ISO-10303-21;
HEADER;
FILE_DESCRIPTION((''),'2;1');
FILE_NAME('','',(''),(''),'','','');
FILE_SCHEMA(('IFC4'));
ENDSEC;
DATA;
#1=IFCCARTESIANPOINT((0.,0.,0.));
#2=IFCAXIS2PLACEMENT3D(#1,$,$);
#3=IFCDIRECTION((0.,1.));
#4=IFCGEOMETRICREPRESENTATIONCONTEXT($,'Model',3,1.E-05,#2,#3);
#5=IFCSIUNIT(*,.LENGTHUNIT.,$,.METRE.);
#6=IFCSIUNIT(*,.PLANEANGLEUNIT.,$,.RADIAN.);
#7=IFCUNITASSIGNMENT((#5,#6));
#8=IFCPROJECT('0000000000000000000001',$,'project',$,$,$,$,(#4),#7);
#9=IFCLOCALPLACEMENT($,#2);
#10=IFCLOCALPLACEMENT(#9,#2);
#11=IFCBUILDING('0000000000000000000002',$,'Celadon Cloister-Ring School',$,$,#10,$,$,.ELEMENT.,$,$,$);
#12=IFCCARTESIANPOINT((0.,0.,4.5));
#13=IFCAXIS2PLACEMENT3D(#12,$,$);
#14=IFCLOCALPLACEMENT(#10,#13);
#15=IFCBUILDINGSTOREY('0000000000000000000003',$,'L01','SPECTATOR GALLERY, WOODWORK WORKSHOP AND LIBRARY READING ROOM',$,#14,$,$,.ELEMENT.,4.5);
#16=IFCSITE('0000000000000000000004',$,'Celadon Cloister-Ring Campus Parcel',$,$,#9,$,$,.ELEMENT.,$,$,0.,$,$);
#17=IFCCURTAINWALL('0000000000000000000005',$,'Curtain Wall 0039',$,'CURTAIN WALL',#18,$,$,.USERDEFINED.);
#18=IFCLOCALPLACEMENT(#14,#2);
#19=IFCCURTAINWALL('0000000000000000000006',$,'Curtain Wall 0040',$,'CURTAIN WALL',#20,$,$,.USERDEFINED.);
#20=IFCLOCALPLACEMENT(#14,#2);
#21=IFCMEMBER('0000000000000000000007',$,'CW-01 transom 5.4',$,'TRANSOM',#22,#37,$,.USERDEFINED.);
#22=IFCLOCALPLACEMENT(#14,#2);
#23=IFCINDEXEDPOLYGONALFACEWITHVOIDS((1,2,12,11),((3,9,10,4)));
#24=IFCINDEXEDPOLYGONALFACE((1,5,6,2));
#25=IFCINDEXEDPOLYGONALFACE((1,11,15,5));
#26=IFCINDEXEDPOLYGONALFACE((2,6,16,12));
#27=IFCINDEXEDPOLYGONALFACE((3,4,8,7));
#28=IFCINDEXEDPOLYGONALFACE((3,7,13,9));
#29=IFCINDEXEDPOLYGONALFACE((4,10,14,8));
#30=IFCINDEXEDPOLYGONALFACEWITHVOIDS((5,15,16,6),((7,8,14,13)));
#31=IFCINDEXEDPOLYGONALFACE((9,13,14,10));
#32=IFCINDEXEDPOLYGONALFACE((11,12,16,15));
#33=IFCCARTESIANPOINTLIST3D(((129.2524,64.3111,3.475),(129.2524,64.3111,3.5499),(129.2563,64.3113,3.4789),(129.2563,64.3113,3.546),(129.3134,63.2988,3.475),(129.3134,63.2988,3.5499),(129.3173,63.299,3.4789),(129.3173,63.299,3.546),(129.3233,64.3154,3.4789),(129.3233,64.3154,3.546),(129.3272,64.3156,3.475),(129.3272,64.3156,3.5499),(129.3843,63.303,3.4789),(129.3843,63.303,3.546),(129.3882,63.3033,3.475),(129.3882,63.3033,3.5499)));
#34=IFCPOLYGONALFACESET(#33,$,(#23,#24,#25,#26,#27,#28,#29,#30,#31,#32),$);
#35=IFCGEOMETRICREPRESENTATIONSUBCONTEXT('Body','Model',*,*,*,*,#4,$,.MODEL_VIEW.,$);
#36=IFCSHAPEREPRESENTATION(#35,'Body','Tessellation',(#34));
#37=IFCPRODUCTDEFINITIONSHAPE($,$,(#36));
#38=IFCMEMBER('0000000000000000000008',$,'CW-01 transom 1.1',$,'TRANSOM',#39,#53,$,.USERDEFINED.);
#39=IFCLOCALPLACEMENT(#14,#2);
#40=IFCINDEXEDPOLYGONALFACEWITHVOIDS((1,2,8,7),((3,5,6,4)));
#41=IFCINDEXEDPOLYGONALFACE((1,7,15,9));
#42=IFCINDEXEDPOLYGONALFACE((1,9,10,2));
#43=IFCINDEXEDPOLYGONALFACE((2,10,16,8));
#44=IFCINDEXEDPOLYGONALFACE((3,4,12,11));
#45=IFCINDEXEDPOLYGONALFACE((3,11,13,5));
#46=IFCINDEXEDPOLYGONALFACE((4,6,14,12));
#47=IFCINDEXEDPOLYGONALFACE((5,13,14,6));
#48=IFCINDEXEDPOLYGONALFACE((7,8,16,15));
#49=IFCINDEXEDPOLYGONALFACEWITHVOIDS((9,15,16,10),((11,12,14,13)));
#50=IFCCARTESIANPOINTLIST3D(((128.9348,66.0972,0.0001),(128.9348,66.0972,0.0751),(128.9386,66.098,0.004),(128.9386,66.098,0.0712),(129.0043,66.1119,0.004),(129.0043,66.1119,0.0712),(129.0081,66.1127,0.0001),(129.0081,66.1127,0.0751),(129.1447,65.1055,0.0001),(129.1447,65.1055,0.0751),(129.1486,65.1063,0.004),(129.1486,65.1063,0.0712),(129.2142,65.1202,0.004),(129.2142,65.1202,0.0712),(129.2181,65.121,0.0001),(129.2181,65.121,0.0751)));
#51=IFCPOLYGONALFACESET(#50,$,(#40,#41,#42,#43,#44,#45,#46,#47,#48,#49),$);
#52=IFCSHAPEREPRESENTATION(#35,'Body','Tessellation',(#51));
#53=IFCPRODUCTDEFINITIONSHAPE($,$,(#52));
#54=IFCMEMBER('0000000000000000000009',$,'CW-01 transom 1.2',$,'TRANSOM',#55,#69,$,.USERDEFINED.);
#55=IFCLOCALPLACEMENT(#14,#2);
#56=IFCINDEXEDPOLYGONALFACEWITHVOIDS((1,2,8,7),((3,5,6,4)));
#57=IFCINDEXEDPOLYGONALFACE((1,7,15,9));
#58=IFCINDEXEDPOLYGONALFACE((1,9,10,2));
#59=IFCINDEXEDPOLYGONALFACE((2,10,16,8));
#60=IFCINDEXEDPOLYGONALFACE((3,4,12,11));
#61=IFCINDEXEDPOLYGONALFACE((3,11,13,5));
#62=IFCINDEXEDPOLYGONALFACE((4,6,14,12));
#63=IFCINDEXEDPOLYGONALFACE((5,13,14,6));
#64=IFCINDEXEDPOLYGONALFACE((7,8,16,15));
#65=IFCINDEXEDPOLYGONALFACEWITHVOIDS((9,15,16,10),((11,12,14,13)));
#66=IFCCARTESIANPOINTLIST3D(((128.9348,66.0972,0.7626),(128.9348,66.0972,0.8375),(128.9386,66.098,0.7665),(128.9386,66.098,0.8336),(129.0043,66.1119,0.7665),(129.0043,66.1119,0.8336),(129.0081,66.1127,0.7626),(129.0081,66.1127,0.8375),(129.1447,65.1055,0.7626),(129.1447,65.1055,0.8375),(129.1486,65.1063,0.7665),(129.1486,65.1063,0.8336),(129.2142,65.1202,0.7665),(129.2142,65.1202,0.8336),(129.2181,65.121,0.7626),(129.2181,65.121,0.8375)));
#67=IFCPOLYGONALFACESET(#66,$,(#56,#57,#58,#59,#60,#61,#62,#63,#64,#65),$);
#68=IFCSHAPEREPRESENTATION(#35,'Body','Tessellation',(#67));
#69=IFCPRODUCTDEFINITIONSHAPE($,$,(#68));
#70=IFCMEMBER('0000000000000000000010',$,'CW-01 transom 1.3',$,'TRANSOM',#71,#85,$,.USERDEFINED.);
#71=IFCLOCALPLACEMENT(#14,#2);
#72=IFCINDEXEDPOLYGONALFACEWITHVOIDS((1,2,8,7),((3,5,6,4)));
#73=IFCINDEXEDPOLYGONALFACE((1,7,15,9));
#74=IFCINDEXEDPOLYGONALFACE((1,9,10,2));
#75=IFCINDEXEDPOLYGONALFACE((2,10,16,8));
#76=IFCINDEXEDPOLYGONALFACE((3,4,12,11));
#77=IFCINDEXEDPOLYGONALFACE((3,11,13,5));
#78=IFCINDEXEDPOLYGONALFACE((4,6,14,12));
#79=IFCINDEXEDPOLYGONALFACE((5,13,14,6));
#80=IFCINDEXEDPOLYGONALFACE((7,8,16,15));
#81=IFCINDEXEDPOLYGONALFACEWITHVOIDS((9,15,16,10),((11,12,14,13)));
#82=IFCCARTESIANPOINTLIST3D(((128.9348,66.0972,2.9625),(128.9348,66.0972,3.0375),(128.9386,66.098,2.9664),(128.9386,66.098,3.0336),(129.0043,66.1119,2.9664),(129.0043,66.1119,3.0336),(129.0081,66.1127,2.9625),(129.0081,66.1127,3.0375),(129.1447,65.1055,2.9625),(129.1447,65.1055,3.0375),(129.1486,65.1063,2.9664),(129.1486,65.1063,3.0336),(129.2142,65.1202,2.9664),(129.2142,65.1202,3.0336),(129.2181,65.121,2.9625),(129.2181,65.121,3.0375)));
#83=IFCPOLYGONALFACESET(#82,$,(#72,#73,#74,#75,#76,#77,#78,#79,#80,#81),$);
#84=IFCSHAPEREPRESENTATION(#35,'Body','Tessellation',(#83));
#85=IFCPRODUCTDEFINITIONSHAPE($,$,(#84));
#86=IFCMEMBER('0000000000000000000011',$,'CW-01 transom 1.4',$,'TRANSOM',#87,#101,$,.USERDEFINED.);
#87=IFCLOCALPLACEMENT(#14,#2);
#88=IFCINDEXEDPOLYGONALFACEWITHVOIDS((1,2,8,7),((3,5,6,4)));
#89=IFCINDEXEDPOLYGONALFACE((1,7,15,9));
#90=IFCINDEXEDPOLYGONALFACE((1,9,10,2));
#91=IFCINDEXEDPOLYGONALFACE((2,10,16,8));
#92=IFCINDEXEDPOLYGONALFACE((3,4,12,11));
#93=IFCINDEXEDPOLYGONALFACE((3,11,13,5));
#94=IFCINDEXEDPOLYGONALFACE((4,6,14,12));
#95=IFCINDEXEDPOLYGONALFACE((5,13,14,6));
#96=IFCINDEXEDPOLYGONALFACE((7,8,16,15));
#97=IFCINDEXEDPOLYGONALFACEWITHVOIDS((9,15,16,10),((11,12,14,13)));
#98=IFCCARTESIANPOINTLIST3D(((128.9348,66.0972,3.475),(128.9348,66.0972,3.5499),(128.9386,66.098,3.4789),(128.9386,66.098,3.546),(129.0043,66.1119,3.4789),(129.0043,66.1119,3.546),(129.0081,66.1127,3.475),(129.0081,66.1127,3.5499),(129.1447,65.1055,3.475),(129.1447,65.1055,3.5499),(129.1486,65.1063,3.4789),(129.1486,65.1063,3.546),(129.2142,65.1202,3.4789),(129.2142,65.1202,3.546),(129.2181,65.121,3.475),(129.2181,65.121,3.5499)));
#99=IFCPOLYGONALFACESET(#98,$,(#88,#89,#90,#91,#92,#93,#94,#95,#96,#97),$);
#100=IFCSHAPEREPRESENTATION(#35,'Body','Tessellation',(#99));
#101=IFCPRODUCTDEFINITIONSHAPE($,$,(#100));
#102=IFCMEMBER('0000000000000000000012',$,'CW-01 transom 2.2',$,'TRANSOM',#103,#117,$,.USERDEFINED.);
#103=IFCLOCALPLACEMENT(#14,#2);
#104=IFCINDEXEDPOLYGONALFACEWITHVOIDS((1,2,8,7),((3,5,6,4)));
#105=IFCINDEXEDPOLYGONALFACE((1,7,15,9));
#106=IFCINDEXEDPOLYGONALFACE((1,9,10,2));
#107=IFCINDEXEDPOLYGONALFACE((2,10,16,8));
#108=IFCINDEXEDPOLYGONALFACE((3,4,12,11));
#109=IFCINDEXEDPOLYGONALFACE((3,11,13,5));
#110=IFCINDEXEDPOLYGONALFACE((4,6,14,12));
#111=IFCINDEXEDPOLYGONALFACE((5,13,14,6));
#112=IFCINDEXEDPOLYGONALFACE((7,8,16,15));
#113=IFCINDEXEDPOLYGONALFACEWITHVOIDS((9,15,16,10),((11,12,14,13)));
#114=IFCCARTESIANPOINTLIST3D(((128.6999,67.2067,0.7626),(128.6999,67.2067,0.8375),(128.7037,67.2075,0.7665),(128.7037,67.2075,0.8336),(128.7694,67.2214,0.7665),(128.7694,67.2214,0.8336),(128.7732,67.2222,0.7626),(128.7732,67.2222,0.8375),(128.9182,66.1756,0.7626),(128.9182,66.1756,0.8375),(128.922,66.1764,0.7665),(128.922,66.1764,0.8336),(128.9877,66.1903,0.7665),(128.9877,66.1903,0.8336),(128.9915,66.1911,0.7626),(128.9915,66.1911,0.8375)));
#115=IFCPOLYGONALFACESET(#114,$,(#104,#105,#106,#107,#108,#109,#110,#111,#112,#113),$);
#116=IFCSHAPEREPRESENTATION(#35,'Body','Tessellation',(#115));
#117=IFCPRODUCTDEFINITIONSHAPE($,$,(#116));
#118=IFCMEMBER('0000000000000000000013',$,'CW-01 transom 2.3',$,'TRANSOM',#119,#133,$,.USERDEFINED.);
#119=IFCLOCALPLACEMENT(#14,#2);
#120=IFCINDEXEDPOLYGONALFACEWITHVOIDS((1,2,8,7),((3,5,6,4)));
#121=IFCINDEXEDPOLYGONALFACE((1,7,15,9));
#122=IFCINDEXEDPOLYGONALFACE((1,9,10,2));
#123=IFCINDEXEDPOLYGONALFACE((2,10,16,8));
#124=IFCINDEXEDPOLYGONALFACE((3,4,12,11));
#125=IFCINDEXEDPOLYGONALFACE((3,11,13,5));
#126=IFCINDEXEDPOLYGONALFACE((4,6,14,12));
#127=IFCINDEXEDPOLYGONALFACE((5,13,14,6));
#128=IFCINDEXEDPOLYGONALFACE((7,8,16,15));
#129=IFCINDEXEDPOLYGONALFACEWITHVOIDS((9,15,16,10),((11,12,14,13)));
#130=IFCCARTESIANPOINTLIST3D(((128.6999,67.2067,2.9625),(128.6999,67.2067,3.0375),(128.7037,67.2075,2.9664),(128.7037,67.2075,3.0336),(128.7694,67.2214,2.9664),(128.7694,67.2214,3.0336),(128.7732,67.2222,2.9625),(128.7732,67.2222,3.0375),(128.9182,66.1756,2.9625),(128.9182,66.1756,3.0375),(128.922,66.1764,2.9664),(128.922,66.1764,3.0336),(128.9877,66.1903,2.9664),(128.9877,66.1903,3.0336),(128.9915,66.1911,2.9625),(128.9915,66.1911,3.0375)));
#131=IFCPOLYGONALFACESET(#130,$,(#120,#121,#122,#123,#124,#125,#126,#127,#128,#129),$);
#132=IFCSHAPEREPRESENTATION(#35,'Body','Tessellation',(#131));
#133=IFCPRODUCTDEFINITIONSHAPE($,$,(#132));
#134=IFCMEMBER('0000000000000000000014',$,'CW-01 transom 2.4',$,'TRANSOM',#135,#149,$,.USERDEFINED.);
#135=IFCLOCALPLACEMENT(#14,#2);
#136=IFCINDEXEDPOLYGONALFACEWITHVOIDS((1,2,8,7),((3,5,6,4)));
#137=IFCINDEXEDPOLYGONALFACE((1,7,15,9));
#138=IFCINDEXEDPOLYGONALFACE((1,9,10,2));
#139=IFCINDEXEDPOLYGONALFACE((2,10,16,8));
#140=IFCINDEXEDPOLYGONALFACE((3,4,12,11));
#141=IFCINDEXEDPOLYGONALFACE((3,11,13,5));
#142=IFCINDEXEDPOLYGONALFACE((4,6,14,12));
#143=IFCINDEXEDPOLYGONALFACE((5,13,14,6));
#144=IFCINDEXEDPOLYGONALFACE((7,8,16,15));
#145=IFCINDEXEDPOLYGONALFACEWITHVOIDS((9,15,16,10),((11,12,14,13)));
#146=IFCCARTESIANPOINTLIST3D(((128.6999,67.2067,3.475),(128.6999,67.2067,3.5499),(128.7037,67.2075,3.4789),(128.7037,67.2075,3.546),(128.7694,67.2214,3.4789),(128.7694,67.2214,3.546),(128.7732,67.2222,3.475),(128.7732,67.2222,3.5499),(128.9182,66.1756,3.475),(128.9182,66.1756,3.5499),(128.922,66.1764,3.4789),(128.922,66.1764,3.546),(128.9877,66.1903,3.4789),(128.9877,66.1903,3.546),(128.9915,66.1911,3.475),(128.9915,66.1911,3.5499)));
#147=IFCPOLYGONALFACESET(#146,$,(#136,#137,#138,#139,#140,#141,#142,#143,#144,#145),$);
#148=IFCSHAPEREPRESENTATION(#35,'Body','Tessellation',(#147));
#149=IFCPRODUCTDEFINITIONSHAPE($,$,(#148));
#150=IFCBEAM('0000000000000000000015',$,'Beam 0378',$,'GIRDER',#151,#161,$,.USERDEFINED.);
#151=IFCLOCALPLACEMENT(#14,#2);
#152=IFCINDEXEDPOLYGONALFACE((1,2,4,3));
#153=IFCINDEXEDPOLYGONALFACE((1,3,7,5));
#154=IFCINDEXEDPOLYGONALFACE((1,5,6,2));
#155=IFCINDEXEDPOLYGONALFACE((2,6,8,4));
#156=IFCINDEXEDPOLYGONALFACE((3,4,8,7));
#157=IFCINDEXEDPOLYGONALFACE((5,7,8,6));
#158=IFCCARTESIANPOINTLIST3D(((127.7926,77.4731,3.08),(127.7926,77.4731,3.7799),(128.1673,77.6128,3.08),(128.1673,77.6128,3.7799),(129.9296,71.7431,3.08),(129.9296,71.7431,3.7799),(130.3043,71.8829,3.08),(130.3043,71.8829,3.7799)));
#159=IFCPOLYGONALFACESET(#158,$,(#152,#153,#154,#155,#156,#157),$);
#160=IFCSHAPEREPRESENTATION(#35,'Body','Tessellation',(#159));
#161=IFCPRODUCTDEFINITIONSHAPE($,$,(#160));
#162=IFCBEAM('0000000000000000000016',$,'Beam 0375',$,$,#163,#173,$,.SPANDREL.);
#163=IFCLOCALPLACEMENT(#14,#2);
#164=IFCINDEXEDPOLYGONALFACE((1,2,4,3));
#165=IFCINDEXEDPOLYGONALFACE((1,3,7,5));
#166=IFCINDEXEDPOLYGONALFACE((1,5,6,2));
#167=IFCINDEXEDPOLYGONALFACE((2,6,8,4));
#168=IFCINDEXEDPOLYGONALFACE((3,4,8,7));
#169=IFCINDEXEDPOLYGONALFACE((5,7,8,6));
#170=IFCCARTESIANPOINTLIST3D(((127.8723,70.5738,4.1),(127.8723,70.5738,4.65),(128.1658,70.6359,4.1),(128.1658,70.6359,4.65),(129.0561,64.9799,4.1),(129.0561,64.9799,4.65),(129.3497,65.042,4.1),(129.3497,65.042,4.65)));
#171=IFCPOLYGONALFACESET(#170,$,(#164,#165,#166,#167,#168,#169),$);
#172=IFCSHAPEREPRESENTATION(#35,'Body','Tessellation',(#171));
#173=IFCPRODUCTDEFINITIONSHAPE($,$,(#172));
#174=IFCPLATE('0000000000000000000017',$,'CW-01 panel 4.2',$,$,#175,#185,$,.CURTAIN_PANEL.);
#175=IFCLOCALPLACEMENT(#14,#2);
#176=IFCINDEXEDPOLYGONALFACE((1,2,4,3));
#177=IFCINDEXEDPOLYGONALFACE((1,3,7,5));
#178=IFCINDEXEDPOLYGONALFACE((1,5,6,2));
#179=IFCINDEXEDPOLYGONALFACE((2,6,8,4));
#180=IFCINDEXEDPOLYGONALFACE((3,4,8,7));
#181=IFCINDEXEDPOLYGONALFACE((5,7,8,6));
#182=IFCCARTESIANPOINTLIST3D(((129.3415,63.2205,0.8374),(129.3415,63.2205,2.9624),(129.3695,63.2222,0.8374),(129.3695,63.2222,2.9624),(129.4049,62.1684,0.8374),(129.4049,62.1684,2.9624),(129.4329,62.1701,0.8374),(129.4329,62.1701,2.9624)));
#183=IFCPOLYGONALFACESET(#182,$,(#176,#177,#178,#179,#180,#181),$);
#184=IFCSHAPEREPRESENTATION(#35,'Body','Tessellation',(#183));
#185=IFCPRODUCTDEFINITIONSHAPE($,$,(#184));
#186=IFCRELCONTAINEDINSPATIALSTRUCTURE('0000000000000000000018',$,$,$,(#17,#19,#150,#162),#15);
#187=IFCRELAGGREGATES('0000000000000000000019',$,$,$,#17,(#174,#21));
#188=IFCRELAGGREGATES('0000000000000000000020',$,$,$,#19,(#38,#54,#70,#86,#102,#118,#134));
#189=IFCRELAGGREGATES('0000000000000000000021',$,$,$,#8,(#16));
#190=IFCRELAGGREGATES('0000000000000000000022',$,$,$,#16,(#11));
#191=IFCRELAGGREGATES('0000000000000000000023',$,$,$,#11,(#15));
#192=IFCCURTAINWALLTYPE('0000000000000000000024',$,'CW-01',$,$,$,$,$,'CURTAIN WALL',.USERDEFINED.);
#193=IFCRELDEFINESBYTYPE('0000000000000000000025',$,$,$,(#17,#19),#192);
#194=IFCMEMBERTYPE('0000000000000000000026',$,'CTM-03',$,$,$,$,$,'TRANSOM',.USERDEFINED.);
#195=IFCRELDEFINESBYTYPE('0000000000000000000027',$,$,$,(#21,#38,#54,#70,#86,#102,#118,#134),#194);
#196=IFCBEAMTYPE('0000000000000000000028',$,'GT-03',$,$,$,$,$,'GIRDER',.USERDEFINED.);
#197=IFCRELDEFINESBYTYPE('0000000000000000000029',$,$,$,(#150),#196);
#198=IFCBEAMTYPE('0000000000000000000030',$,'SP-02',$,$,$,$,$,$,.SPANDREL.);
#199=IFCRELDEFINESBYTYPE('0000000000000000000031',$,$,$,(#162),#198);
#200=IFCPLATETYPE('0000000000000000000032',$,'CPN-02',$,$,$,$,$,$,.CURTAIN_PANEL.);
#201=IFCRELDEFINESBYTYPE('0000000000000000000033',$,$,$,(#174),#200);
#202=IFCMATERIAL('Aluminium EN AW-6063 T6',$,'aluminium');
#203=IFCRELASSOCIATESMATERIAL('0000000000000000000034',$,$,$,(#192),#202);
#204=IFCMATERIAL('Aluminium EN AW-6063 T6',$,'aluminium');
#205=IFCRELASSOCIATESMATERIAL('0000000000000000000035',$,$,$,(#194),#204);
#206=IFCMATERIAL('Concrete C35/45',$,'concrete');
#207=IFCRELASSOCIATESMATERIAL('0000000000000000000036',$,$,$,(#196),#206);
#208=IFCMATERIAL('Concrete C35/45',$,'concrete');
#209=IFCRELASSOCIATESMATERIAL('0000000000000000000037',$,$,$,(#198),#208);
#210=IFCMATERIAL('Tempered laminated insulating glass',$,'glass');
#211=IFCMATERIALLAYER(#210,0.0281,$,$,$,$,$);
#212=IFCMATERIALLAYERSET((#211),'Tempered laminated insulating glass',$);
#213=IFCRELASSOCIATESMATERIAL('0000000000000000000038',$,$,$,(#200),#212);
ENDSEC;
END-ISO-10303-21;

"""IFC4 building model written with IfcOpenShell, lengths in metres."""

from ifc_helpers import new_model, si_unit, direction, frame, origin, origin_2d, place, context, subcontext, project, spatial, rectangle, hollow_rectangle, extrude, material, layer, layer_set, material_profile, profile_set, type_object, element, aggregate, save


model = new_model("IFC4")

# Units and contexts
model_context = context("Model", 3, precision=1e-05, world=origin(), true_north=direction((0.0, 1.0)))
body_context = subcontext(model_context, "Body", "Model", "MODEL_VIEW")
ifc_project = project(units=[si_unit("LENGTHUNIT", "METRE"), si_unit("PLANEANGLEUNIT", "RADIAN")], contexts=[model_context])

# Site, building, storey
site_placement = place(None, origin())
site = spatial("IfcSite", under=ifc_project, at=site_placement, Name="Celadon Cloister-Ring Campus Parcel", CompositionType="ELEMENT", RefElevation=0.0)
building_placement = place(site_placement, origin())
building = spatial("IfcBuilding", under=site, at=building_placement, Name="Celadon Cloister-Ring School", CompositionType="ELEMENT")
storey_placement = place(building_placement, frame((0.0, 0.0, 4.5)))
storey = spatial("IfcBuildingStorey", under=building, at=storey_placement, Name="L01", Description="SPECTATOR GALLERY, WOODWORK WORKSHOP AND LIBRARY READING ROOM", CompositionType="ELEMENT", Elevation=4.5)

# Curtain walls
ifc_material_1 = material(Name="Aluminium EN AW-6063 T6", Category="aluminium")
curtain_wall_type = type_object("IfcCurtainWallType", Name="CW-01", ElementType="CURTAIN WALL", PredefinedType="USERDEFINED", material=ifc_material_1)
curtain_wall_1_placement = place(storey_placement, origin())
curtain_wall_1 = element("IfcCurtainWall", 1, at=curtain_wall_1_placement, inside=storey, type_object=curtain_wall_type, Name="Curtain Wall 0039", ObjectType="CURTAIN WALL", PredefinedType="USERDEFINED")
curtain_wall_2_placement = place(storey_placement, origin())
curtain_wall_2 = element("IfcCurtainWall", 2, at=curtain_wall_2_placement, inside=storey, type_object=curtain_wall_type, Name="Curtain Wall 0040", ObjectType="CURTAIN WALL", PredefinedType="USERDEFINED")

# Members
ifc_material_2 = material(Name="Aluminium EN AW-6063 T6", Category="aluminium")
ifc_material_profile_1 = material_profile(ifc_material_2, hollow_rectangle(XDim=0.075, YDim=0.075, WallThickness=0.0039, at=origin_2d()), Name="RHS75X75X4")
ifc_profile_set_1 = profile_set([ifc_material_profile_1], Name="Aluminium EN AW-6063 T6")
member_type_1 = type_object("IfcMemberType", Name="CTM-03", ElementType="TRANSOM", PredefinedType="USERDEFINED", material=ifc_profile_set_1)
member_1_placement = place(storey_placement, frame((129.3508, 63.301, 3.5125), z_axis=(-0.06019, 0.998187, 0.0), x_axis=(-0.998187, -0.06019, 0.0)))
member_1 = element("IfcMember", 3, at=member_1_placement, type_object=member_type_1, Name="CW-01 transom 5.4", ObjectType="TRANSOM", PredefinedType="USERDEFINED", context=body_context, shape_type="SweptSolid", body=[
    extrude(hollow_rectangle(XDim=0.075, YDim=0.075, WallThickness=0.0039, at=origin_2d()), origin(), (0.0, 0.0, 1.0), 1.0142),
])
member_2_placement = place(storey_placement, frame((129.1814, 65.1133, 0.0376), z_axis=(-0.207127, 0.978314, 0.0), x_axis=(-0.978314, -0.207127, 0.0)))
member_2 = element("IfcMember", 4, at=member_2_placement, type_object=member_type_1, Name="CW-01 transom 1.1", ObjectType="TRANSOM", PredefinedType="USERDEFINED", context=body_context, shape_type="SweptSolid", body=[
    extrude(hollow_rectangle(XDim=0.075, YDim=0.075, WallThickness=0.0039, at=origin_2d()), origin(), (0.0, 0.0, 1.0), 1.0137),
])
member_3_placement = place(storey_placement, frame((129.1814, 65.1133, 0.8), z_axis=(-0.207127, 0.978314, 0.0), x_axis=(-0.978314, -0.207127, 0.0)))
member_3 = element("IfcMember", 5, at=member_3_placement, type_object=member_type_1, Name="CW-01 transom 1.2", ObjectType="TRANSOM", PredefinedType="USERDEFINED", context=body_context, shape_type="SweptSolid", body=[
    extrude(hollow_rectangle(XDim=0.075, YDim=0.075, WallThickness=0.0039, at=origin_2d()), origin(), (0.0, 0.0, 1.0), 1.0137),
])
member_4_placement = place(storey_placement, frame((129.1814, 65.1133, 3.0), z_axis=(-0.207127, 0.978314, 0.0), x_axis=(-0.978314, -0.207127, 0.0)))
member_4 = element("IfcMember", 6, at=member_4_placement, type_object=member_type_1, Name="CW-01 transom 1.3", ObjectType="TRANSOM", PredefinedType="USERDEFINED", context=body_context, shape_type="SweptSolid", body=[
    extrude(hollow_rectangle(XDim=0.075, YDim=0.075, WallThickness=0.0039, at=origin_2d()), origin(), (0.0, 0.0, 1.0), 1.0137),
])
member_5_placement = place(storey_placement, frame((129.1814, 65.1133, 3.5125), z_axis=(-0.207127, 0.978314, 0.0), x_axis=(-0.978314, -0.207127, 0.0)))
member_5 = element("IfcMember", 7, at=member_5_placement, type_object=member_type_1, Name="CW-01 transom 1.4", ObjectType="TRANSOM", PredefinedType="USERDEFINED", context=body_context, shape_type="SweptSolid", body=[
    extrude(hollow_rectangle(XDim=0.075, YDim=0.075, WallThickness=0.0039, at=origin_2d()), origin(), (0.0, 0.0, 1.0), 1.0137),
])
member_6_placement = place(storey_placement, frame((128.9548, 66.1833, 0.8), z_axis=(-0.207108, 0.978318, 0.0), x_axis=(-0.978318, -0.207108, 0.0)))
member_6 = element("IfcMember", 8, at=member_6_placement, type_object=member_type_1, Name="CW-01 transom 2.2", ObjectType="TRANSOM", PredefinedType="USERDEFINED", context=body_context, shape_type="SweptSolid", body=[
    extrude(hollow_rectangle(XDim=0.075, YDim=0.075, WallThickness=0.0039, at=origin_2d()), origin(), (0.0, 0.0, 1.0), 1.054),
])
member_7_placement = place(storey_placement, frame((128.9548, 66.1833, 3.0), z_axis=(-0.207108, 0.978318, 0.0), x_axis=(-0.978318, -0.207108, 0.0)))
member_7 = element("IfcMember", 9, at=member_7_placement, type_object=member_type_1, Name="CW-01 transom 2.3", ObjectType="TRANSOM", PredefinedType="USERDEFINED", context=body_context, shape_type="SweptSolid", body=[
    extrude(hollow_rectangle(XDim=0.075, YDim=0.075, WallThickness=0.0039, at=origin_2d()), origin(), (0.0, 0.0, 1.0), 1.054),
])
member_8_placement = place(storey_placement, frame((128.9548, 66.1833, 3.5125), z_axis=(-0.207108, 0.978318, 0.0), x_axis=(-0.978318, -0.207108, 0.0)))
member_8 = element("IfcMember", 10, at=member_8_placement, type_object=member_type_1, Name="CW-01 transom 2.4", ObjectType="TRANSOM", PredefinedType="USERDEFINED", context=body_context, shape_type="SweptSolid", body=[
    extrude(hollow_rectangle(XDim=0.075, YDim=0.075, WallThickness=0.0039, at=origin_2d()), origin(), (0.0, 0.0, 1.0), 1.054),
])

# Beams
ifc_material_3 = material(Name="Concrete C35/45", Category="concrete")
ifc_material_profile_2 = material_profile(ifc_material_3, rectangle(XDim=0.3999, YDim=0.7, at=origin_2d()), Name="RC400X700")
ifc_profile_set_2 = profile_set([ifc_material_profile_2], Name="Concrete C35/45")
beam_type_1 = type_object("IfcBeamType", Name="GT-03", ElementType="GIRDER", PredefinedType="USERDEFINED", material=ifc_profile_set_2)
beam_1_placement = place(storey_placement, frame((130.1169, 71.813, 3.4299), z_axis=(-0.349434, 0.936961, 0.0), x_axis=(-0.936961, -0.349434, 0.0)))
element("IfcBeam", 11, at=beam_1_placement, inside=storey, type_object=beam_type_1, Name="Beam 0378", ObjectType="GIRDER", PredefinedType="USERDEFINED", context=body_context, shape_type="SweptSolid", body=[
    extrude(rectangle(XDim=0.3999, YDim=0.7, at=origin_2d()), origin(), (0.0, 0.0, 1.0), 6.1155),
])
ifc_material_4 = material(Name="Concrete C35/45", Category="concrete")
ifc_material_profile_3 = material_profile(ifc_material_4, rectangle(XDim=0.3, YDim=0.55, at=origin_2d()), Name="RC300X550")
ifc_profile_set_3 = profile_set([ifc_material_profile_3], Name="Concrete C35/45")
beam_type_2 = type_object("IfcBeamType", Name="SP-02", PredefinedType="SPANDREL", material=ifc_profile_set_3)
beam_2_placement = place(storey_placement, frame((129.2029, 65.011, 4.375), z_axis=(-0.207041, 0.978332, 0.0), x_axis=(-0.978332, -0.207041, 0.0)))
element("IfcBeam", 12, at=beam_2_placement, inside=storey, type_object=beam_type_2, Name="Beam 0375", PredefinedType="SPANDREL", context=body_context, shape_type="SweptSolid", body=[
    extrude(rectangle(XDim=0.3, YDim=0.55, at=origin_2d()), origin(), (0.0, 0.0, 1.0), 5.7178),
])

# Plate
ifc_material_5 = material(Name="Tempered laminated insulating glass", Category="glass")
ifc_layer_1 = layer(ifc_material_5, 0.0281)
ifc_layer_set_1 = layer_set([ifc_layer_1], Name="Tempered laminated insulating glass")
plate_type = type_object("IfcPlateType", Name="CPN-02", PredefinedType="CURTAIN_PANEL", material=ifc_layer_set_1)
plate_1_placement = place(storey_placement, frame((129.3872, 62.6953, 0.8374), z_axis=(0.0, 0.0, 1.0), x_axis=(-0.060149, 0.998189, 0.0)))
plate_1 = element("IfcPlate", 13, at=plate_1_placement, type_object=plate_type, Name="CW-01 panel 4.2", PredefinedType="CURTAIN_PANEL", context=body_context, shape_type="SweptSolid", body=[
    extrude(rectangle(XDim=1.054, YDim=0.0281, at=origin_2d()), origin(), (0.0, 0.0, 1.0), 2.125),
])
aggregate(curtain_wall_1, [plate_1, member_1])
aggregate(curtain_wall_2, [member_2, member_3, member_4, member_5, member_6, member_7, member_8])

save(model, "model.ifc")
